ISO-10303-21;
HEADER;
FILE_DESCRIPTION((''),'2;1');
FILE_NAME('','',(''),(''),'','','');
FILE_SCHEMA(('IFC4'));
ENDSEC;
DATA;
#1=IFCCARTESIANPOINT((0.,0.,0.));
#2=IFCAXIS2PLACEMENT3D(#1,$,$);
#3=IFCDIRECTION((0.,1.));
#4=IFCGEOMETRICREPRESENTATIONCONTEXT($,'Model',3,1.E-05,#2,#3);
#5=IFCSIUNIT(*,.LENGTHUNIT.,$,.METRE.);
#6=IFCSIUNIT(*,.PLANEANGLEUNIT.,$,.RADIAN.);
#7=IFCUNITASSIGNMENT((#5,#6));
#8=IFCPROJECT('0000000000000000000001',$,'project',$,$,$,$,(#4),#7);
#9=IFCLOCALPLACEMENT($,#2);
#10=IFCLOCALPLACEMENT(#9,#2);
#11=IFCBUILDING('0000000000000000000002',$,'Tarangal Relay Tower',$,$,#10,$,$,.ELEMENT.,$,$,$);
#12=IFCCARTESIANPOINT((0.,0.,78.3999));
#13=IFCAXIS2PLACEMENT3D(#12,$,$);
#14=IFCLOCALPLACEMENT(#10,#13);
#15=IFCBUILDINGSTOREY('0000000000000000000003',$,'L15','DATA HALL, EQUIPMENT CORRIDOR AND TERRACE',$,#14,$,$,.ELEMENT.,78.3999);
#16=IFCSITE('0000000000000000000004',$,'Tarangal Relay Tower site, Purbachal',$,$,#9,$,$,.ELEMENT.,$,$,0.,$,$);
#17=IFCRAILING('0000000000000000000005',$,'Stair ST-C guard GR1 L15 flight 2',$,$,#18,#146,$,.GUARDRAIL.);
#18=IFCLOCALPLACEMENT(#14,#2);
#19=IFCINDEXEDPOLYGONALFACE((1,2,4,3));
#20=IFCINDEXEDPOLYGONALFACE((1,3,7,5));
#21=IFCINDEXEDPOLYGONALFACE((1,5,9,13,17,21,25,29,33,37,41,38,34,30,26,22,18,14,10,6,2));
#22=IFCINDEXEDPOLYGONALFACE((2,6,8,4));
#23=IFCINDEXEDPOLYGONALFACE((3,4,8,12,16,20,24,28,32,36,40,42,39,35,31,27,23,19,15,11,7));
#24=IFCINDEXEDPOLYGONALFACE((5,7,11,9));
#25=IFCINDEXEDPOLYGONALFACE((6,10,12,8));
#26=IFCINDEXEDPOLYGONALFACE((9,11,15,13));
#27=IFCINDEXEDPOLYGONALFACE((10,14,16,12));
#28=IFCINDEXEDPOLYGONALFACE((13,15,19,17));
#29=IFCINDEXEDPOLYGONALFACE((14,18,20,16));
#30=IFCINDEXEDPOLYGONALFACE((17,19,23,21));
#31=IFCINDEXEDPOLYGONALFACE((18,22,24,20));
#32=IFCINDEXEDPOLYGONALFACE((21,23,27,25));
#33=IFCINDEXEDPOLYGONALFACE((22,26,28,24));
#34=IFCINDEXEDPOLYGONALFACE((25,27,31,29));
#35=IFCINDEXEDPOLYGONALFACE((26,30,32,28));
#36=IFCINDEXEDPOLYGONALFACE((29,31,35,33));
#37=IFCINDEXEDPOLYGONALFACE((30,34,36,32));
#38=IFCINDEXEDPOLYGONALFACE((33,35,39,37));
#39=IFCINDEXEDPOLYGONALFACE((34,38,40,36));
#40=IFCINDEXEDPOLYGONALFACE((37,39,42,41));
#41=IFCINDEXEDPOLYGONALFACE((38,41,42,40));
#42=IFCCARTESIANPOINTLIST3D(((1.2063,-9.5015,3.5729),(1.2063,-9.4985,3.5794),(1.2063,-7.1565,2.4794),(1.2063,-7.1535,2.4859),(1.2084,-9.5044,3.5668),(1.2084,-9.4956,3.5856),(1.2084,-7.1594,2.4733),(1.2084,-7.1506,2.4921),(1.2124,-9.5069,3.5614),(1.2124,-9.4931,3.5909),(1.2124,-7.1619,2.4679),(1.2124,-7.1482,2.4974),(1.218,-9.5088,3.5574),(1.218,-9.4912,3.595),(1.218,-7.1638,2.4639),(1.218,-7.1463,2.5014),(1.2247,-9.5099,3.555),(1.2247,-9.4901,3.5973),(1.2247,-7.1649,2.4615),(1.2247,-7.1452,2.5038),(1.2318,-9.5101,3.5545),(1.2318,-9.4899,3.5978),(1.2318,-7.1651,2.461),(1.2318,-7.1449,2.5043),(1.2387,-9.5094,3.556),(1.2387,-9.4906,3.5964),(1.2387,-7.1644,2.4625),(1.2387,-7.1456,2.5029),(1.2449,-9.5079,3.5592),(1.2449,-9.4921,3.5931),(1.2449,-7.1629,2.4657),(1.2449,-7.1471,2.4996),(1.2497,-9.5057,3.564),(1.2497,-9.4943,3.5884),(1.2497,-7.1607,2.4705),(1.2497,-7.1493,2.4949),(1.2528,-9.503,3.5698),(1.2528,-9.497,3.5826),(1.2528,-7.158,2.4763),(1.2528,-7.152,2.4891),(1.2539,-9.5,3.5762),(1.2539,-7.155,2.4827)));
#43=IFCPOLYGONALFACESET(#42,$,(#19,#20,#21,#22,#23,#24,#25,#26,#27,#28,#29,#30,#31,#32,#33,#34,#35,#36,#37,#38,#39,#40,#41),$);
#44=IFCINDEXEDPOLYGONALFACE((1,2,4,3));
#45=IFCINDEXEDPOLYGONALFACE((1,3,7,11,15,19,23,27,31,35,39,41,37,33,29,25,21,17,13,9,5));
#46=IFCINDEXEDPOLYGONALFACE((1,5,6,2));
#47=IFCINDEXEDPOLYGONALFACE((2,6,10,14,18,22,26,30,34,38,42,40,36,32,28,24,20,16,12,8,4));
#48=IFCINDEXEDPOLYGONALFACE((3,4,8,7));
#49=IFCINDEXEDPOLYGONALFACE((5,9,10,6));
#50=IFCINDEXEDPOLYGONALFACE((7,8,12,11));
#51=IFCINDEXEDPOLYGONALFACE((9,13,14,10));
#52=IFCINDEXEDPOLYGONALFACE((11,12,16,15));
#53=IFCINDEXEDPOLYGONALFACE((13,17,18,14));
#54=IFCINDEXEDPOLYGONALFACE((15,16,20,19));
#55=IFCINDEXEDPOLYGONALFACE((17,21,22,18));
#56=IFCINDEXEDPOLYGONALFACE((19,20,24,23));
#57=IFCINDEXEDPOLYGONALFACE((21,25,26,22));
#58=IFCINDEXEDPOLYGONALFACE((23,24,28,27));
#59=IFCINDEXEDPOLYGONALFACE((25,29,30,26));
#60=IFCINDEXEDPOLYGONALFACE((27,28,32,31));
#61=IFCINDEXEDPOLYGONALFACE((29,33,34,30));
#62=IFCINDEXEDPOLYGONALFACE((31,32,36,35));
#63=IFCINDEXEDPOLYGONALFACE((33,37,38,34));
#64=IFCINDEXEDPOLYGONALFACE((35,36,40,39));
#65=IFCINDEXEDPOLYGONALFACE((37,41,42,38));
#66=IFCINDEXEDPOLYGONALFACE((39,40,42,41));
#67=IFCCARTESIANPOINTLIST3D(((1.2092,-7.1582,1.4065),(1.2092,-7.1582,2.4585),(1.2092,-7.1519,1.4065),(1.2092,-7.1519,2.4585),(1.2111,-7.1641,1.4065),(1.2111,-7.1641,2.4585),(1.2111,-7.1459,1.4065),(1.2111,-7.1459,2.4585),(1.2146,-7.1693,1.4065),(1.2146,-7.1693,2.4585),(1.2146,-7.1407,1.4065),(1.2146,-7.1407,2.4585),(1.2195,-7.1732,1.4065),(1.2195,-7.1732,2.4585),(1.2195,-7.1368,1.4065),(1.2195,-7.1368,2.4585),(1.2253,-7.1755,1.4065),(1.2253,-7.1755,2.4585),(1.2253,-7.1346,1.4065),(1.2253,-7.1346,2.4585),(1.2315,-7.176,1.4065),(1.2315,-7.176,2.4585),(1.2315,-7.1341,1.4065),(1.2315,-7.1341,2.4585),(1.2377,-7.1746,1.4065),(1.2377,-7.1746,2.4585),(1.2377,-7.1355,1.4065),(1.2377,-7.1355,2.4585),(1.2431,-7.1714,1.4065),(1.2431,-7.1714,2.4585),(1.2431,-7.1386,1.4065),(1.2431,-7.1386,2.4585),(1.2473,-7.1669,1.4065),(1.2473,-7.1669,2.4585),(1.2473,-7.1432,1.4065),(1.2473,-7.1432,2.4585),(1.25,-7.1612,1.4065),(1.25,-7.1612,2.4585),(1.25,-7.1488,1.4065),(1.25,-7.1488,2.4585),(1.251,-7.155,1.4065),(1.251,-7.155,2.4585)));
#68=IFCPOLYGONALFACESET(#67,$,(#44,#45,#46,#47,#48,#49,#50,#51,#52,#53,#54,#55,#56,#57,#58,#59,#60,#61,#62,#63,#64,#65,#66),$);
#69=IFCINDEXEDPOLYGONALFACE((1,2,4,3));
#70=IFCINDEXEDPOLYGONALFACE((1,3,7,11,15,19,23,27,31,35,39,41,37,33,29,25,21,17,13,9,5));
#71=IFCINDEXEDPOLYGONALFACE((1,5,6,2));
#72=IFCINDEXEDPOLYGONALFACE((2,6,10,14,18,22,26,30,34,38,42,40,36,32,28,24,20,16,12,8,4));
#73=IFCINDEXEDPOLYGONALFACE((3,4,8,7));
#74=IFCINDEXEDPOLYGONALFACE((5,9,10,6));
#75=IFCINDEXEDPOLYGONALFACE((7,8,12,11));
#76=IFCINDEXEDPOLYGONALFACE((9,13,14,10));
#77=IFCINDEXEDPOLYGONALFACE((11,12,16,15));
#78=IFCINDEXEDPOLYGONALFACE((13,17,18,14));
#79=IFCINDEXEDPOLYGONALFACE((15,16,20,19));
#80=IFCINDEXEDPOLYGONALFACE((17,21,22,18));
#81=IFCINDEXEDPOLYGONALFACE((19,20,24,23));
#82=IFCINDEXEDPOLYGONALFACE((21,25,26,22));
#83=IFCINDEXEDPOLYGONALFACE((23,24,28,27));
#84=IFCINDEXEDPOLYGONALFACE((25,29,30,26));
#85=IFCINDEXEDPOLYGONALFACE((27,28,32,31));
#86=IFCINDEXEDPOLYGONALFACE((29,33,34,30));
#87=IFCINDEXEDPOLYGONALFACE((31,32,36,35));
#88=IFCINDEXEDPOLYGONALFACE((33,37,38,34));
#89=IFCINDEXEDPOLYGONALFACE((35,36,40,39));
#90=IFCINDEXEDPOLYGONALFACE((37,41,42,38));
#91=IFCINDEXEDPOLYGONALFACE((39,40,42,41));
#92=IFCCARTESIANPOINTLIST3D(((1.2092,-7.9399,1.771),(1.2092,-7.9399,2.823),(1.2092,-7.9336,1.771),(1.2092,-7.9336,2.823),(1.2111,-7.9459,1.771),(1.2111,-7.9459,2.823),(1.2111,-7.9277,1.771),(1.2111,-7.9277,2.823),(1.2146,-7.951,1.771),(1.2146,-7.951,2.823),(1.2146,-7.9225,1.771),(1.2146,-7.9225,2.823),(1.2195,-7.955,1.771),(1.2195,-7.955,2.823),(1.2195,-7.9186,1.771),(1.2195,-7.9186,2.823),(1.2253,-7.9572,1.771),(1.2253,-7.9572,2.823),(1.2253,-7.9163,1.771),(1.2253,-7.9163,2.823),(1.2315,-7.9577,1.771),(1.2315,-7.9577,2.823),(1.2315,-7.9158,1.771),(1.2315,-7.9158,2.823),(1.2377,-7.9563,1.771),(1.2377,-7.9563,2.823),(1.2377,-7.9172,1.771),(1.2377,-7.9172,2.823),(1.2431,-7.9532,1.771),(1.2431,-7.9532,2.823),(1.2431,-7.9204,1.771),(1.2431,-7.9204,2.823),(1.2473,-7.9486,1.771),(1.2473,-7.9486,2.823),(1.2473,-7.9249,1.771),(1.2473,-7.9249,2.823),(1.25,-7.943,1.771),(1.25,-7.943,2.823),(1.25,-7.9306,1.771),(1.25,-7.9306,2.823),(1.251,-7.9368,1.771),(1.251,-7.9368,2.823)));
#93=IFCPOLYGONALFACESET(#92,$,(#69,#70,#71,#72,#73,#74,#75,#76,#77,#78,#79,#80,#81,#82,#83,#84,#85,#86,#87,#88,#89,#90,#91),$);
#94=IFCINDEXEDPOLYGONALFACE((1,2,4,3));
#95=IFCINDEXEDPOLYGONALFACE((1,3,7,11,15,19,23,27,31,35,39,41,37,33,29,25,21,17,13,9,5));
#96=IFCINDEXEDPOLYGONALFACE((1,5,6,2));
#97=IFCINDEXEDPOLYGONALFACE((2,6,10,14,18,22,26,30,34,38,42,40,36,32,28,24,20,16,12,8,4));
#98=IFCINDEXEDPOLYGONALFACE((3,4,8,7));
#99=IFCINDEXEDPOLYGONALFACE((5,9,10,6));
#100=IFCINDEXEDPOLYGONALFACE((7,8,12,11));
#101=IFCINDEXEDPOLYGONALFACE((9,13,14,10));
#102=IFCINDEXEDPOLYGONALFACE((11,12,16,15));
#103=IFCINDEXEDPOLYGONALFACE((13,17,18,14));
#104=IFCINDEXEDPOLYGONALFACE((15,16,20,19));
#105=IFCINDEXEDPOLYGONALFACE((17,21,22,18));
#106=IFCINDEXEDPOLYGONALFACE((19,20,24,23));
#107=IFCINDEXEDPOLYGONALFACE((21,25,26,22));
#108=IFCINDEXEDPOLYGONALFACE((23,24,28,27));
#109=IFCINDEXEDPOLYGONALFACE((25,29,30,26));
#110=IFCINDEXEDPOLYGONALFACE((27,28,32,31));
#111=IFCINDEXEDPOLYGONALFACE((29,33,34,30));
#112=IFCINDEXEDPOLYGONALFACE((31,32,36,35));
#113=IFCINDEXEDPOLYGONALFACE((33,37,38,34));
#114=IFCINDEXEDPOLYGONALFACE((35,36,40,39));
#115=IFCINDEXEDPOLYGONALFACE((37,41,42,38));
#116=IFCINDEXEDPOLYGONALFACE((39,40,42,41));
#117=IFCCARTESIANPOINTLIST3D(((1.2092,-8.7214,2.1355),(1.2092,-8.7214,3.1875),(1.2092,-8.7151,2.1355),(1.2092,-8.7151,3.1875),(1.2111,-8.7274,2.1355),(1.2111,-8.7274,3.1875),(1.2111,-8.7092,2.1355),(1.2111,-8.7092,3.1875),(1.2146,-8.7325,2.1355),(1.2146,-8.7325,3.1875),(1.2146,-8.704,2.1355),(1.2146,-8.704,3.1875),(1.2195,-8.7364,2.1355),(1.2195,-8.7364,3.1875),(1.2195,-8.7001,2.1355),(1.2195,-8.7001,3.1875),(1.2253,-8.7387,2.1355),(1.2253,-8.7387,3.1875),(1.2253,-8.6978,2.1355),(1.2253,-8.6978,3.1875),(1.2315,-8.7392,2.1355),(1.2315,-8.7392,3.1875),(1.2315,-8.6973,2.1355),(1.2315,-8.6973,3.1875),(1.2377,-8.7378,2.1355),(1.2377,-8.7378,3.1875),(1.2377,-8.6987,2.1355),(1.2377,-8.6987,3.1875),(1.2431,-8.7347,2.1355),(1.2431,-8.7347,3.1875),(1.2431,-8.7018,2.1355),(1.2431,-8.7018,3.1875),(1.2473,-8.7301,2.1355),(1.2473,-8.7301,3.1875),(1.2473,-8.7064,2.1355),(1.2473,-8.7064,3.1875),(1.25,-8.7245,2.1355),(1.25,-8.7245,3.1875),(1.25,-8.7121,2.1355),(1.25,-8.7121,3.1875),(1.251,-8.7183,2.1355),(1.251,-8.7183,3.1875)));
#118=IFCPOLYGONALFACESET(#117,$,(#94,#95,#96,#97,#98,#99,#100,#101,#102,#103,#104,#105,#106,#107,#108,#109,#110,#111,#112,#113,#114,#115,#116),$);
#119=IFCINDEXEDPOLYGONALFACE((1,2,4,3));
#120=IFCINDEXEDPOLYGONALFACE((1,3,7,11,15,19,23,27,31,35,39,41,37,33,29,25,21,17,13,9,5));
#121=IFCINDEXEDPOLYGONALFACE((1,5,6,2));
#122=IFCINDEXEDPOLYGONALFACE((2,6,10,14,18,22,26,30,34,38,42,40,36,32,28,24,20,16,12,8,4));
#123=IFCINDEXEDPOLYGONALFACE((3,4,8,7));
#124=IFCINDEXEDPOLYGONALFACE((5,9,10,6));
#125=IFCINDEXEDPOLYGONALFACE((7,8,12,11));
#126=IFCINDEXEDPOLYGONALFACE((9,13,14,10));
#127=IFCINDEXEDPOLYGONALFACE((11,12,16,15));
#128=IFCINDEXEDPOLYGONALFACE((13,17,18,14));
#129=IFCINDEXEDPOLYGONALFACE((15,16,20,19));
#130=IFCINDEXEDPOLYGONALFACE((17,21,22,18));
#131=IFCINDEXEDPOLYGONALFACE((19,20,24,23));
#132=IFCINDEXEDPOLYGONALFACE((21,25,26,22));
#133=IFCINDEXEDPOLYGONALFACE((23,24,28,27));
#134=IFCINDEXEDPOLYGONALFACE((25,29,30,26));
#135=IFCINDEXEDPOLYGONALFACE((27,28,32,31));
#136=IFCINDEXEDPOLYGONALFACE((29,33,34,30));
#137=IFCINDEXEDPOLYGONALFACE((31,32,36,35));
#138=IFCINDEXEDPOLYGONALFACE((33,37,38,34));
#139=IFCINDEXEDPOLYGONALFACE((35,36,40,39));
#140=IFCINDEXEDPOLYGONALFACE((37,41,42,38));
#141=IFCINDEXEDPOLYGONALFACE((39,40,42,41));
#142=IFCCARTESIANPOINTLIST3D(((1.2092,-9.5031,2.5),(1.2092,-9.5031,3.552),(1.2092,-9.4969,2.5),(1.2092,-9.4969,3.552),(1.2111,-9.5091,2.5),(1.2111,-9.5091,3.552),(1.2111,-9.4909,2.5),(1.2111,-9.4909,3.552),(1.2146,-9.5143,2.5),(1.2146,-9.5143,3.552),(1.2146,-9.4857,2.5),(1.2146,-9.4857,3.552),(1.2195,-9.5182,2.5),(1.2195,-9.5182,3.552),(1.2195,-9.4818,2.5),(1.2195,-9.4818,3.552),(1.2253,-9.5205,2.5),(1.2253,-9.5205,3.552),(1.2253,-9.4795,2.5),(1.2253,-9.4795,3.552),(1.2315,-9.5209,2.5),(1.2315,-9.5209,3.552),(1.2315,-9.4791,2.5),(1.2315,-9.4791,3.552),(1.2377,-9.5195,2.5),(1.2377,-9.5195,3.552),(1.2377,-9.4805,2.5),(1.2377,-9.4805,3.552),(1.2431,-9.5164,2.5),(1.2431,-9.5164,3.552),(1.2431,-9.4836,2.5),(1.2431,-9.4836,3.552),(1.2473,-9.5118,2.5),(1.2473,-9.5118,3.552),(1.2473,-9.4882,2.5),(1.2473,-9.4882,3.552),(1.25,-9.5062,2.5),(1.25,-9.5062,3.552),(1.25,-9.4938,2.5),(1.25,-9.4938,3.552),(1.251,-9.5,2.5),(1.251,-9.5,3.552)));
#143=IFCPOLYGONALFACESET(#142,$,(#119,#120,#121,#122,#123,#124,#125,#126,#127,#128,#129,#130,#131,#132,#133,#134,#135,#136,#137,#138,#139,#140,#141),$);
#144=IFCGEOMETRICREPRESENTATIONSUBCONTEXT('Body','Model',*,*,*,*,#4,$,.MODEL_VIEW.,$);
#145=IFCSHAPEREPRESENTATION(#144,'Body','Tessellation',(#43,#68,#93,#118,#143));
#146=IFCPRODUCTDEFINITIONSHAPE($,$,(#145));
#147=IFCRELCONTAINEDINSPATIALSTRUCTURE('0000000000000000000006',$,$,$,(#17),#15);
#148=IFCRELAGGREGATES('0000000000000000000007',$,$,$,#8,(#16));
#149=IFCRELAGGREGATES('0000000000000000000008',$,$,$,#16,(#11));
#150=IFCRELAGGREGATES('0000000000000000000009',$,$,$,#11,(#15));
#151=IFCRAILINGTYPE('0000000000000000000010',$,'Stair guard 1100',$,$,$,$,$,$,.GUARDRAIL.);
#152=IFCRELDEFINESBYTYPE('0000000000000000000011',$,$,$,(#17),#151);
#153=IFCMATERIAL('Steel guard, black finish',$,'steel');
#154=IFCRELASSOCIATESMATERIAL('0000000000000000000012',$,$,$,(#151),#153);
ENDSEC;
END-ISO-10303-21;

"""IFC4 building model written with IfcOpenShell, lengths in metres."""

from ifc_helpers import new_model, si_unit, direction, frame, origin, origin_2d, place, context, subcontext, project, spatial, circle, extrude, material, type_object, element, save


model = new_model("IFC4")

# Units and contexts
model_context = context("Model", 3, precision=1e-05, world=origin(), true_north=direction((0.0, 1.0)))
body_context = subcontext(model_context, "Body", "Model", "MODEL_VIEW")
ifc_project = project(units=[si_unit("LENGTHUNIT", "METRE"), si_unit("PLANEANGLEUNIT", "RADIAN")], contexts=[model_context])

# Site, building, storey
site_placement = place(None, origin())
site = spatial("IfcSite", under=ifc_project, at=site_placement, Name="Tarangal Relay Tower site, Purbachal", CompositionType="ELEMENT", RefElevation=0.0)
building_placement = place(site_placement, origin())
building = spatial("IfcBuilding", under=site, at=building_placement, Name="Tarangal Relay Tower", CompositionType="ELEMENT")
storey_placement = place(building_placement, frame((0.0, 0.0, 78.3999)))
storey = spatial("IfcBuildingStorey", under=building, at=storey_placement, Name="L15", Description="DATA HALL, EQUIPMENT CORRIDOR AND TERRACE", CompositionType="ELEMENT", Elevation=78.3999)

# Railing
ifc_material_1 = material(Name="Steel guard, black finish", Category="steel")
railing_type_1 = type_object("IfcRailingType", Name="Stair guard 1100", PredefinedType="GUARDRAIL", material=ifc_material_1)
for number, where, name in (
    (1, (1.23, -7.155, 1.4065), "Stair ST-C guard GR1 L15 flight 2"),
):
    element("IfcRailing", number, at=place(storey_placement, frame(where)), inside=storey, type_object=railing_type_1, Name=name, PredefinedType="GUARDRAIL", context=body_context, shape_type="SweptSolid", body=[
        extrude(circle(Radius=0.0239, at=origin_2d()), frame((0.0, 0.0, 1.0762), z_axis=(0.0, -0.906304, 0.422627), x_axis=(1.0, 0.0, 0.0)), (0.0, 0.0, 1.0), 2.5874),
        extrude(circle(Radius=0.021, at=origin_2d()), origin(), (0.0, 0.0, 1.0), 1.052),
        extrude(circle(Radius=0.021, at=origin_2d()), frame((0.0, -0.7817, 0.3645)), (0.0, 0.0, 1.0), 1.052),
        extrude(circle(Radius=0.021, at=origin_2d()), frame((0.0, -1.5632, 0.729)), (0.0, 0.0, 1.0), 1.052),
        extrude(circle(Radius=0.021, at=origin_2d()), frame((0.0, -2.345, 1.0935)), (0.0, 0.0, 1.0), 1.052),
    ])

save(model, "model.ifc")
